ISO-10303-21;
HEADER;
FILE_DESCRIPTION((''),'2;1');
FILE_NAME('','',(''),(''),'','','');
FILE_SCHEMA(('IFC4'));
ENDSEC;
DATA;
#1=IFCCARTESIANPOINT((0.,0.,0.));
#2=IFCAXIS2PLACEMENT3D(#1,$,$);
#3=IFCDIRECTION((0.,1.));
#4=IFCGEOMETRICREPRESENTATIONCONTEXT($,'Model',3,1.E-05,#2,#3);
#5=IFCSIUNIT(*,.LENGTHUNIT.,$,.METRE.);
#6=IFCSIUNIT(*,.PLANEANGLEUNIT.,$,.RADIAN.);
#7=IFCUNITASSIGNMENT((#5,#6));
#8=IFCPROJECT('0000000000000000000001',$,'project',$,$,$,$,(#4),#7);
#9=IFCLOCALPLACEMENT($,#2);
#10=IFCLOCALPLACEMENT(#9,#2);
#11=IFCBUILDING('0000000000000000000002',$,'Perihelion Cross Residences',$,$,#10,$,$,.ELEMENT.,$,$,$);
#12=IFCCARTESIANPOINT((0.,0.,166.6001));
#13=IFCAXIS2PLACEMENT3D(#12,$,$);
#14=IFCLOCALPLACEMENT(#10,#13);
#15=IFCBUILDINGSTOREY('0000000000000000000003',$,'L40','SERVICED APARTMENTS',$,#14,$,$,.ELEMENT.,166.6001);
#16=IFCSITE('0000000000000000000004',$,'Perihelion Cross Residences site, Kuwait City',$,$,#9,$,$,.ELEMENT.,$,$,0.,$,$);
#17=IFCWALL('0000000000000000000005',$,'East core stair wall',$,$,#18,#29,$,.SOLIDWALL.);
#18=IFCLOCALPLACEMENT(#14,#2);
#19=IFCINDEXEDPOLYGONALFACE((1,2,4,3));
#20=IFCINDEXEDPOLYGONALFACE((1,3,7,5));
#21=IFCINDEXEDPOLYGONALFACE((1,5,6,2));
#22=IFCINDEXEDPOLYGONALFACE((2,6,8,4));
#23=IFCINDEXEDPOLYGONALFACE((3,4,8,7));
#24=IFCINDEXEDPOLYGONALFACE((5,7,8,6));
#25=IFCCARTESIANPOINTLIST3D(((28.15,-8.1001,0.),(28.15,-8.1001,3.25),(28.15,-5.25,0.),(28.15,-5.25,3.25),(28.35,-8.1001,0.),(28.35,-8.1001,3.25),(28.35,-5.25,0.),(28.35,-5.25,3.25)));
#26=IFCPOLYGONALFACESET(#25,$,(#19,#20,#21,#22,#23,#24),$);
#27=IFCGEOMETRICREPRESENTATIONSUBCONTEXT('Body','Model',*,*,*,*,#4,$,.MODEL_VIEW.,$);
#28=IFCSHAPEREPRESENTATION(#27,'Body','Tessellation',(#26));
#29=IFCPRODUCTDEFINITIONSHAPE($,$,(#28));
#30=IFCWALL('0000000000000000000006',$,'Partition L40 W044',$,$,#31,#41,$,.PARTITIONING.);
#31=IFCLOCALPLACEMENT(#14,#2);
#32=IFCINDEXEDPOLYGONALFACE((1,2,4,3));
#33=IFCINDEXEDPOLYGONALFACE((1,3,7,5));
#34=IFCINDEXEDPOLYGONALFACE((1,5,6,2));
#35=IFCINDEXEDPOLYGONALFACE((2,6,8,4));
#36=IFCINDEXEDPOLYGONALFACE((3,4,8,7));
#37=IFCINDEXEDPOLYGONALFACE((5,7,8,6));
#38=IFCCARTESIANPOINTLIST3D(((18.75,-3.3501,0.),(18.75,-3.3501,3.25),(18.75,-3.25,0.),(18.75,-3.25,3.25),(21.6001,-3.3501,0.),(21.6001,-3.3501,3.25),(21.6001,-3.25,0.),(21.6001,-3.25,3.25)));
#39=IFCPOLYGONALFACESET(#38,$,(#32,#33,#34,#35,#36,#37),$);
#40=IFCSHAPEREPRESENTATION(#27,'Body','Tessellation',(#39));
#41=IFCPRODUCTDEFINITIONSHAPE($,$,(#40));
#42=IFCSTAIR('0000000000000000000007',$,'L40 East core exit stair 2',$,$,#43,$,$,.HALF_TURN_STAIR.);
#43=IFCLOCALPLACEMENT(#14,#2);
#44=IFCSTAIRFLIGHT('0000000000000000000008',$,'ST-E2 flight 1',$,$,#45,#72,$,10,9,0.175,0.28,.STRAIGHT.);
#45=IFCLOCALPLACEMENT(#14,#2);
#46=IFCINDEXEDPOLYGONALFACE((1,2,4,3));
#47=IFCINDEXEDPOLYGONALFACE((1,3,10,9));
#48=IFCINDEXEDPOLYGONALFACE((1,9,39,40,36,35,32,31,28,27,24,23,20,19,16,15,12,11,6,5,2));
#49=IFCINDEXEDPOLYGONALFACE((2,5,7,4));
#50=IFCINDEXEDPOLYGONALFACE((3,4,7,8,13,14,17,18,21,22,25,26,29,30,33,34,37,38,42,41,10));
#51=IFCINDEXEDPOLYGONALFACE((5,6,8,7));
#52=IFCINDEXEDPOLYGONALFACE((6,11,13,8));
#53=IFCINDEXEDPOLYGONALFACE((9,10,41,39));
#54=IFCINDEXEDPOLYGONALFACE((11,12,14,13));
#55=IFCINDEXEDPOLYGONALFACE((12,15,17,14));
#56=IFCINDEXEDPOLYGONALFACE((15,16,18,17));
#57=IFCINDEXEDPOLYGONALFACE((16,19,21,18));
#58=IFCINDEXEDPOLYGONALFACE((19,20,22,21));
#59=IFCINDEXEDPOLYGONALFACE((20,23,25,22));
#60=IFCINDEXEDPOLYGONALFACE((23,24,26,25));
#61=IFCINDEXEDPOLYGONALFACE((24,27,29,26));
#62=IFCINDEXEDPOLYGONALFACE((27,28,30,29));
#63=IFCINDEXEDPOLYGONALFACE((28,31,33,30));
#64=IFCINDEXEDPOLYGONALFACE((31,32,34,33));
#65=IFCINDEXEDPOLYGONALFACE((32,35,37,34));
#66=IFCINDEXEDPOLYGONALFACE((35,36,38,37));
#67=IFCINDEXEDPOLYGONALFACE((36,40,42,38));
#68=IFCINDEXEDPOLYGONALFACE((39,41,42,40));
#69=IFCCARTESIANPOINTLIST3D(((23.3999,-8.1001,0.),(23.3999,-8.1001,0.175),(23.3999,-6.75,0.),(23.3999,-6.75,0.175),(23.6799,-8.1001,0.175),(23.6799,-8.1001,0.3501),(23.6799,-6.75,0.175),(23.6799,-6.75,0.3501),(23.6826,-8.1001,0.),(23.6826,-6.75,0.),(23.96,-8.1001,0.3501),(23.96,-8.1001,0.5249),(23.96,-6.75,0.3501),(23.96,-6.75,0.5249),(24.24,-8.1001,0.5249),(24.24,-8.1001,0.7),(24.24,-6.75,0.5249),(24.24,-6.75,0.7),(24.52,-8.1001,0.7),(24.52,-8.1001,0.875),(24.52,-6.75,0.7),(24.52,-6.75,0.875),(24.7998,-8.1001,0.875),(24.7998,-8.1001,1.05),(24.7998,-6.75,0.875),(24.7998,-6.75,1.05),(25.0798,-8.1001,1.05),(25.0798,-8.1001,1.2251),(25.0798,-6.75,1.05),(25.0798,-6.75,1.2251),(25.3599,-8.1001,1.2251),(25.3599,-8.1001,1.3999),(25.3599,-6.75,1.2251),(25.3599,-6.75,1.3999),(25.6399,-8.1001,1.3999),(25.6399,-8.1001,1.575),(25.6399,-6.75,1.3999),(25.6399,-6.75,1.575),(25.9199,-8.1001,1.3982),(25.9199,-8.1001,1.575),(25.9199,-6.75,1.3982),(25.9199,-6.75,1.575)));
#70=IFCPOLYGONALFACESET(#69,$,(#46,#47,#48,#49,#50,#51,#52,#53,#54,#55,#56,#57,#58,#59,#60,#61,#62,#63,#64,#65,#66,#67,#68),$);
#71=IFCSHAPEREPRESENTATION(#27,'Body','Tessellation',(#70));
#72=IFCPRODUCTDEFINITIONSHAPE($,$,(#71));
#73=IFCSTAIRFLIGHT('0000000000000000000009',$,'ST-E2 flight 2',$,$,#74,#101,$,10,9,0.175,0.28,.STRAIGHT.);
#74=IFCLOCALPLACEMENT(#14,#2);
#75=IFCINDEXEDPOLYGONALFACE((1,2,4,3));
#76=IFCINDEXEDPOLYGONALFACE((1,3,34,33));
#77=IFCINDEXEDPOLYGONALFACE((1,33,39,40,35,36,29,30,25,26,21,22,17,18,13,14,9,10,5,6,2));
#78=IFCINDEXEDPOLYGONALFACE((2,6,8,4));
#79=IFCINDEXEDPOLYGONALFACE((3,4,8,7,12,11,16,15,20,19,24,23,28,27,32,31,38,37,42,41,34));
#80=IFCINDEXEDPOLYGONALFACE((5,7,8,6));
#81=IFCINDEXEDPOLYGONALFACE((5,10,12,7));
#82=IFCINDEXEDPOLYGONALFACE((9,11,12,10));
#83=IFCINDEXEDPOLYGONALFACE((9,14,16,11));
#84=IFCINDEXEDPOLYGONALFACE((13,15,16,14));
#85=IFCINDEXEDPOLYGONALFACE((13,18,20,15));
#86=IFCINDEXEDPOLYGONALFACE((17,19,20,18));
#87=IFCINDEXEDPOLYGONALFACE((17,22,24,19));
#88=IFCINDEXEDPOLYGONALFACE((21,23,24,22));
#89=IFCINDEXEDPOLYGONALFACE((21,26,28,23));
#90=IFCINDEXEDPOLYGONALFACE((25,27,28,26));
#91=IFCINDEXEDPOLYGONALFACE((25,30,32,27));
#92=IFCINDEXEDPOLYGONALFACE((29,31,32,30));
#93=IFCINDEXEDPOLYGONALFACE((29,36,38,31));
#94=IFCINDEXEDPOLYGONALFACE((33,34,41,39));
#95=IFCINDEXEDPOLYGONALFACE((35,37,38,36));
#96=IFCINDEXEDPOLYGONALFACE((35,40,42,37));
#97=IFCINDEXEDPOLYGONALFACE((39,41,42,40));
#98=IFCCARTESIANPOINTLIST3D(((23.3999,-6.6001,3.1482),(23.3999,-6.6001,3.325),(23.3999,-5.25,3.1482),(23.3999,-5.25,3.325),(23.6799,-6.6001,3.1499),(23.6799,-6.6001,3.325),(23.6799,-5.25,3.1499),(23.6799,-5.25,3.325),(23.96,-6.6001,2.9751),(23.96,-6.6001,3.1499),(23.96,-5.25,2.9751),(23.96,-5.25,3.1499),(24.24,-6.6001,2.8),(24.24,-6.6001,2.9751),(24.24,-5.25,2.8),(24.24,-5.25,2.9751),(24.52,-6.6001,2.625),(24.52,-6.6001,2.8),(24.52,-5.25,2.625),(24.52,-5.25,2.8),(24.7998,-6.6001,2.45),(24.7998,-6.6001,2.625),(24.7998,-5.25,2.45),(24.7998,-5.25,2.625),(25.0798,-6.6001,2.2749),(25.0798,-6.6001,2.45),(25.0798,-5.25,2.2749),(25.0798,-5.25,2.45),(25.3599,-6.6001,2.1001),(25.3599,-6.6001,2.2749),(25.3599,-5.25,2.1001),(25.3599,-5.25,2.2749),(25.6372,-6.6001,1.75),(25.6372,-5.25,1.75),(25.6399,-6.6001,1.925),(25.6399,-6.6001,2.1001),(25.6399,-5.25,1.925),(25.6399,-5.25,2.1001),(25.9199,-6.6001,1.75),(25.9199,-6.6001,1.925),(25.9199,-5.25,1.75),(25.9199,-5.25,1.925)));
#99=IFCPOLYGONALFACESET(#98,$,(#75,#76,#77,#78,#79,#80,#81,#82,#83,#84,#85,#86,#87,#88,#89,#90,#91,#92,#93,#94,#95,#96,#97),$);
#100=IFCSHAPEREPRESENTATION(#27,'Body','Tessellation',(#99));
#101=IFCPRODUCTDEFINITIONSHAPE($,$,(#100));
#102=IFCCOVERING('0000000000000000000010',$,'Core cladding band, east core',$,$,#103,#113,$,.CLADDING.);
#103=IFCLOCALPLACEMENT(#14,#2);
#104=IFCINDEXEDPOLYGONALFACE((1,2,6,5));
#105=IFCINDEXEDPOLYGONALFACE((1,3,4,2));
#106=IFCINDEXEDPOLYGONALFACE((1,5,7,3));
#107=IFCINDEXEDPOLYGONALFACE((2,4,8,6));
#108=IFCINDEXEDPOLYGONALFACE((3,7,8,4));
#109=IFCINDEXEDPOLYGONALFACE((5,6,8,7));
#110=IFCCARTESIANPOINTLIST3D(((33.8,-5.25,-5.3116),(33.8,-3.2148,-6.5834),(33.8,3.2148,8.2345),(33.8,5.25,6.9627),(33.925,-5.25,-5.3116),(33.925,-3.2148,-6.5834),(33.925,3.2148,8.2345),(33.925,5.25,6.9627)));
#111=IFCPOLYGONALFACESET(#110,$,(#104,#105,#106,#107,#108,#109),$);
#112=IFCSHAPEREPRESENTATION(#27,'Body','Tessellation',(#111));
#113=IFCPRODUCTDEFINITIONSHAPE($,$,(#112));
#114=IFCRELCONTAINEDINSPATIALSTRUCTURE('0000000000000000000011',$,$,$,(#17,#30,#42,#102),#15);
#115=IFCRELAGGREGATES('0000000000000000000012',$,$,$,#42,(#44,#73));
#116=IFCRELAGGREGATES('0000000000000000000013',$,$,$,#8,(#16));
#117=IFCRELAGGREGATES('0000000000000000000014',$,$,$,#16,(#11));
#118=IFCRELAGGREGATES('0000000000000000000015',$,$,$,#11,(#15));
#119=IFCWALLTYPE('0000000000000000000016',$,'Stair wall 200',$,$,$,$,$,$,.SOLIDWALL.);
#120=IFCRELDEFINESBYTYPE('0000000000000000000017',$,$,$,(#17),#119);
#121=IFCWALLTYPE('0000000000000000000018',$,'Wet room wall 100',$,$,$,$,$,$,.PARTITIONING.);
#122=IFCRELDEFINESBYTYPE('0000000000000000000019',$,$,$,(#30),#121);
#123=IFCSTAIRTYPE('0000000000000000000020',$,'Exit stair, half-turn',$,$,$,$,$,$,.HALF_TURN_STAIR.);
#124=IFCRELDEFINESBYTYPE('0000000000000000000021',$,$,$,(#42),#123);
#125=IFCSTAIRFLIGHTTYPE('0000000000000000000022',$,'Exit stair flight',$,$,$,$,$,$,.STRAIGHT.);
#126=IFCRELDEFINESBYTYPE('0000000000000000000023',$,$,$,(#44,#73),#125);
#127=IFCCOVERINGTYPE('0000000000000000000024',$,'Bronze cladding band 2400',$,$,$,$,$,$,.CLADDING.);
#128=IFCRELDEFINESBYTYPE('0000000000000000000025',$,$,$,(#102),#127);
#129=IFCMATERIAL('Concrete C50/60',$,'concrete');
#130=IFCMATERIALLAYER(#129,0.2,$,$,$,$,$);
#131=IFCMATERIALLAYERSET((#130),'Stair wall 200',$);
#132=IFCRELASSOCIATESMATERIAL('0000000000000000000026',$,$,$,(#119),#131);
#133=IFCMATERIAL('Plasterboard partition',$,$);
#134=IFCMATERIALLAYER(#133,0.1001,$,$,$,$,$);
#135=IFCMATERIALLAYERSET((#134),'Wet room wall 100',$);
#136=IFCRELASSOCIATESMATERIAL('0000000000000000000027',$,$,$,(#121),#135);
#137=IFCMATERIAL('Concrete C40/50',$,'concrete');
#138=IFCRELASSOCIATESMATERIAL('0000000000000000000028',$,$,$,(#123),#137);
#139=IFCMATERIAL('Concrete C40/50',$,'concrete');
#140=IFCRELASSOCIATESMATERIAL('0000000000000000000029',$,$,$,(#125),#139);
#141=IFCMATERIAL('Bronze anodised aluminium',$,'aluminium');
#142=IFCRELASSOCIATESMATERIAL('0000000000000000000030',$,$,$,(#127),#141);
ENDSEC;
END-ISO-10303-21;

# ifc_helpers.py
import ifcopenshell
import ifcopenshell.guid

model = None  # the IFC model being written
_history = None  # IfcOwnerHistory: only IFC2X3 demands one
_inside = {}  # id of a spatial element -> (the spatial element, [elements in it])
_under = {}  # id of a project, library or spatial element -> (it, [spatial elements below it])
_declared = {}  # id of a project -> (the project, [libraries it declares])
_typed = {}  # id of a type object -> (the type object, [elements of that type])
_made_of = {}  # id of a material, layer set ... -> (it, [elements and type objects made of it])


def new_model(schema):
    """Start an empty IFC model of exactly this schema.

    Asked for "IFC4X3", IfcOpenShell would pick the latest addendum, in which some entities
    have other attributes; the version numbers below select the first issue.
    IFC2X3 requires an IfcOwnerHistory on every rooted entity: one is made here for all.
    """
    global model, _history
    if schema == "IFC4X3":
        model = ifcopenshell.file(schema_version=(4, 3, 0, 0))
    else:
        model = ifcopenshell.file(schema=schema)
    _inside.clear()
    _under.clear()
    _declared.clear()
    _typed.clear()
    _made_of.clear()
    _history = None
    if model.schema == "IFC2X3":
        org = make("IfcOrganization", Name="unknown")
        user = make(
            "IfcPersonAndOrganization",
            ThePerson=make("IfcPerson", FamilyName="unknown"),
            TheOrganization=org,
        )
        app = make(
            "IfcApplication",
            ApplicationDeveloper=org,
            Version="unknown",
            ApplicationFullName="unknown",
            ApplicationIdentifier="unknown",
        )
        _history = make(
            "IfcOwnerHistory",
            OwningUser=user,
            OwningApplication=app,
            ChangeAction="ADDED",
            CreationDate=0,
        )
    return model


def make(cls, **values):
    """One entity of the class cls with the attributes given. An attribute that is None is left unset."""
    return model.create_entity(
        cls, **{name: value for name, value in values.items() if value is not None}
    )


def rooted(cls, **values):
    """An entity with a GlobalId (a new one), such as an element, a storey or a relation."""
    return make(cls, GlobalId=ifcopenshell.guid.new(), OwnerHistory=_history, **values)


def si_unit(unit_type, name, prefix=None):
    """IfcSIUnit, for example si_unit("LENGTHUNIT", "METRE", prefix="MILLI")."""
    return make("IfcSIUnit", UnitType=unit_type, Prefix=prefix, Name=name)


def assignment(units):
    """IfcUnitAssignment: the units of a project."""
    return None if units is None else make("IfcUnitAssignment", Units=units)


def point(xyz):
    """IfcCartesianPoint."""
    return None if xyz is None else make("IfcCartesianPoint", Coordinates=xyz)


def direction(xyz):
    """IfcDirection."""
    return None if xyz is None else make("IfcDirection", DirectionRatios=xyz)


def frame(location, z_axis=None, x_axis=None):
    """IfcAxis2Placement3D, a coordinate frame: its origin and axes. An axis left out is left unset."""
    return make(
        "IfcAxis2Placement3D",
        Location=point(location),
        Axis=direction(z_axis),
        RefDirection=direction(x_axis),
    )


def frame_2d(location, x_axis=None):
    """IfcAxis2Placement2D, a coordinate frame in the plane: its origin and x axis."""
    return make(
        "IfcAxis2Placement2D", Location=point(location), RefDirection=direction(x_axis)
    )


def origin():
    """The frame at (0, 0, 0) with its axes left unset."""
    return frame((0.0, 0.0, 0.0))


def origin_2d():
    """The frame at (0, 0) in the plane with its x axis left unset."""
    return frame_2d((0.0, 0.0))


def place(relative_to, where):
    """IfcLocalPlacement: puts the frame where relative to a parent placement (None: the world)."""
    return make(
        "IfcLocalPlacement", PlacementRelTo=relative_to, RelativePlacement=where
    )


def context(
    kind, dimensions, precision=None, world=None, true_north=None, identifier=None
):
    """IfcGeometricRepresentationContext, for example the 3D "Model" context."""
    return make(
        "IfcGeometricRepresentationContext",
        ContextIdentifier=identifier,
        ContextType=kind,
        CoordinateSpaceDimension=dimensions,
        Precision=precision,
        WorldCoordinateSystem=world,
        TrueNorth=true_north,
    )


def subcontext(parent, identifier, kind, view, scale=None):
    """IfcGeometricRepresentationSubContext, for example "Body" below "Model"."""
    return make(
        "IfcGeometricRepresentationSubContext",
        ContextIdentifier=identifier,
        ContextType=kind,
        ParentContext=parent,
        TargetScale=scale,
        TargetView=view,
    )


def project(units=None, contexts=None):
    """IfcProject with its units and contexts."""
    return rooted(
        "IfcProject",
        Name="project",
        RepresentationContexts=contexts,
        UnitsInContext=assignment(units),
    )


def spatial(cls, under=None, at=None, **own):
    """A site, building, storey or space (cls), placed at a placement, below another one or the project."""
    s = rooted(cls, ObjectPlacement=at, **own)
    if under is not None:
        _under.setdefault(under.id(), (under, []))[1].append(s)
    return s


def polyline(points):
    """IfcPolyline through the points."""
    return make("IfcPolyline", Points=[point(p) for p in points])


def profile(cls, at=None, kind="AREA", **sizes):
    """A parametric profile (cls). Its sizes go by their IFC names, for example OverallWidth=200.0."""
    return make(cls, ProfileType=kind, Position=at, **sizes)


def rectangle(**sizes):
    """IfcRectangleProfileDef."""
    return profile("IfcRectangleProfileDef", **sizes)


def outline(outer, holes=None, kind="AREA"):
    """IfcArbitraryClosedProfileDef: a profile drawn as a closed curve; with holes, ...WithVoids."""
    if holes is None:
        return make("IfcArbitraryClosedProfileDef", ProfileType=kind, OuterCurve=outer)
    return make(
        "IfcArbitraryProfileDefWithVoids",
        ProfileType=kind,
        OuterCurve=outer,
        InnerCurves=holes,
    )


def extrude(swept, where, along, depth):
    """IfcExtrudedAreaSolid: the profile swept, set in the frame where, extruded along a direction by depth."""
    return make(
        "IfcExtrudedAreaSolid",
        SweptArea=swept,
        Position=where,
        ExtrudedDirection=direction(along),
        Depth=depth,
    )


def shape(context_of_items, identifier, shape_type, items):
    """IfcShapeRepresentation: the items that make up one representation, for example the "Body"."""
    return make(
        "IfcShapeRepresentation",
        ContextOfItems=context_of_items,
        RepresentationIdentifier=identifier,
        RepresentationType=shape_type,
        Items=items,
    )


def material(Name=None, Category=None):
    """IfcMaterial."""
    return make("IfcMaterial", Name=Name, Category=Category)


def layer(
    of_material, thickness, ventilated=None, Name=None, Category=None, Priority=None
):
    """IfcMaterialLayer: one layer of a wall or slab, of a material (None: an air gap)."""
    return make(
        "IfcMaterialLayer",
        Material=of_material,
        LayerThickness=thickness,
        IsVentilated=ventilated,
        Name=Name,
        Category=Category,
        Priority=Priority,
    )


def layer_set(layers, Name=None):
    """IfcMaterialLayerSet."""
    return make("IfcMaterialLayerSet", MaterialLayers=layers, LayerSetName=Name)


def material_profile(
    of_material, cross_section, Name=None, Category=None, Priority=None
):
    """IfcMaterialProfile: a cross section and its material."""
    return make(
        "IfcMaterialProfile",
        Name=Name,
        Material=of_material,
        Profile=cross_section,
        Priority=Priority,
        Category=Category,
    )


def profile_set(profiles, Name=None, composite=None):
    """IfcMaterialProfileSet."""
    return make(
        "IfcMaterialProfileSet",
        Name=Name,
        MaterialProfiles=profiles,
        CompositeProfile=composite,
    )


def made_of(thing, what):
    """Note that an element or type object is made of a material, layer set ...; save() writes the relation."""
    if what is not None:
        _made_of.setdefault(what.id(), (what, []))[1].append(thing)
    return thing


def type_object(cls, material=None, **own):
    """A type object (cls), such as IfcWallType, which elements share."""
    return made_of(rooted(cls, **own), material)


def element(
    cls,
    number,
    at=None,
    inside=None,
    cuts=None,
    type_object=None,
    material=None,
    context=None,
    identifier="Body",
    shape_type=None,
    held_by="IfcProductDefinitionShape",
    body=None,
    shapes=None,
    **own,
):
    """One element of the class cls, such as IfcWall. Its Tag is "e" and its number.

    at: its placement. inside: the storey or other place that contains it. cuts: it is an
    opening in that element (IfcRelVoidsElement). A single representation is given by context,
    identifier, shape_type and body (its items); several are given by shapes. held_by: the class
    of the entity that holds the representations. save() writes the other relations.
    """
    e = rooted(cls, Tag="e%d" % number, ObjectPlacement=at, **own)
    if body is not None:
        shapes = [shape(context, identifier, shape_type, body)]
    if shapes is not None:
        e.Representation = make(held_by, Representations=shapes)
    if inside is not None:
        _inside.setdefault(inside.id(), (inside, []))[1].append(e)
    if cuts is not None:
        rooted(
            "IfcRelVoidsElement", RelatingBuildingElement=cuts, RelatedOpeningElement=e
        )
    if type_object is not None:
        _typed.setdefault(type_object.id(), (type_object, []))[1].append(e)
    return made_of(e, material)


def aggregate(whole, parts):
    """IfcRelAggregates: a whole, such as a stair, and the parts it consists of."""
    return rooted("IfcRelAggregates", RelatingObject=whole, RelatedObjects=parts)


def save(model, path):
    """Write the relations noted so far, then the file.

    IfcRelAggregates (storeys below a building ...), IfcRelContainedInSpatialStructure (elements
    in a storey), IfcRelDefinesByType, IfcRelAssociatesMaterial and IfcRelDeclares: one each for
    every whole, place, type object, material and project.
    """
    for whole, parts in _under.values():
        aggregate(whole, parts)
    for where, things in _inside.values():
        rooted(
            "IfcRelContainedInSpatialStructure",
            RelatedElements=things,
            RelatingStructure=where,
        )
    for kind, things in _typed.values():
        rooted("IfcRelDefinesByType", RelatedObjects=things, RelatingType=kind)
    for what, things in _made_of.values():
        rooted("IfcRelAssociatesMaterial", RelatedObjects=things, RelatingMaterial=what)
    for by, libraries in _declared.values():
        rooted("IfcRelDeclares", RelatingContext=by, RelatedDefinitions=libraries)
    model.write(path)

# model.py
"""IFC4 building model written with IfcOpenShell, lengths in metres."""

from ifc_helpers import new_model, si_unit, direction, frame, frame_2d, origin, origin_2d, place, context, subcontext, project, spatial, polyline, rectangle, outline, extrude, material, layer, layer_set, material_profile, profile_set, type_object, element, aggregate, save


model = new_model("IFC4")

# Units and contexts
model_context = context("Model", 3, precision=1e-05, world=origin(), true_north=direction((0.0, 1.0)))
body_context = subcontext(model_context, "Body", "Model", "MODEL_VIEW")
ifc_project = project(units=[si_unit("LENGTHUNIT", "METRE"), si_unit("PLANEANGLEUNIT", "RADIAN")], contexts=[model_context])

# Site, building, storey
site_placement = place(None, origin())
site = spatial("IfcSite", under=ifc_project, at=site_placement, Name="Perihelion Cross Residences site, Kuwait City", CompositionType="ELEMENT", RefElevation=0.0)
building_placement = place(site_placement, origin())
building = spatial("IfcBuilding", under=site, at=building_placement, Name="Perihelion Cross Residences", CompositionType="ELEMENT")
storey_placement = place(building_placement, frame((0.0, 0.0, 166.6001)))
storey = spatial("IfcBuildingStorey", under=building, at=storey_placement, Name="L40", Description="SERVICED APARTMENTS", CompositionType="ELEMENT", Elevation=166.6001)

# Shared definitions
ifc_material_1 = material(Name="Concrete C50/60", Category="concrete")
ifc_layer_1 = layer(ifc_material_1, 0.2)
ifc_layer_set_1 = layer_set([ifc_layer_1], Name="Stair wall 200")
wall_type_1 = type_object("IfcWallType", Name="Stair wall 200", PredefinedType="SOLIDWALL", material=ifc_layer_set_1)

# Walls
wall_1_placement = place(storey_placement, frame((28.25, -8.1001, 0.0), z_axis=(0.0, 0.0, 1.0), x_axis=(0.0, 1.0, 0.0)))
element("IfcWall", 1, at=wall_1_placement, inside=storey, type_object=wall_type_1, Name="East core stair wall", PredefinedType="SOLIDWALL", context=body_context, shape_type="SweptSolid", body=[
    extrude(rectangle(XDim=2.8501, YDim=0.2, at=frame_2d((1.425, 0.0))), origin(), (0.0, 0.0, 1.0), 3.25),
])
ifc_material_2 = material(Name="Plasterboard partition")
ifc_layer_2 = layer(ifc_material_2, 0.1001)
ifc_layer_set_2 = layer_set([ifc_layer_2], Name="Wet room wall 100")
wall_type_2 = type_object("IfcWallType", Name="Wet room wall 100", PredefinedType="PARTITIONING", material=ifc_layer_set_2)
wall_2_placement = place(storey_placement, frame((21.6001, -3.3, 0.0), z_axis=(0.0, 0.0, 1.0), x_axis=(-1.0, 0.0, 0.0)))
element("IfcWall", 2, at=wall_2_placement, inside=storey, type_object=wall_type_2, Name="Partition L40 W044", PredefinedType="PARTITIONING", context=body_context, shape_type="SweptSolid", body=[
    extrude(rectangle(XDim=2.8501, YDim=0.1001, at=frame_2d((1.425, 0.0))), origin(), (0.0, 0.0, 1.0), 3.25),
])

# Stair, stair flights
ifc_material_3 = material(Name="Concrete C40/50", Category="concrete")
stair_type = type_object("IfcStairType", Name="Exit stair, half-turn", PredefinedType="HALF_TURN_STAIR", material=ifc_material_3)
stair_placement = place(storey_placement, origin())
stair = element("IfcStair", 3, at=stair_placement, inside=storey, type_object=stair_type, Name="L40 East core exit stair 2", PredefinedType="HALF_TURN_STAIR")
ifc_material_4 = material(Name="Concrete C40/50", Category="concrete")
stair_flight_type = type_object("IfcStairFlightType", Name="Exit stair flight", PredefinedType="STRAIGHT", material=ifc_material_4)
stair_flight_1_placement = place(storey_placement, frame((23.3999, -7.425, 0.0), z_axis=(0.0, 0.0, 1.0), x_axis=(1.0, 0.0, 0.0)))
stair_flight_1 = element("IfcStairFlight", 4, at=stair_flight_1_placement, type_object=stair_flight_type, Name="ST-E2 flight 1", NumberOfRisers=10, NumberOfTreads=9, PredefinedType="STRAIGHT", RiserHeight=0.175, TreadLength=0.28, context=body_context, shape_type="SweptSolid", body=[
    extrude(outline(polyline([(0.0, 0.0), (0.0, 0.175), (0.28, 0.175), (0.28, 0.3501), (0.5601, 0.3501), (0.5601, 0.5249), (0.8401, 0.5249), (0.8401, 0.7), (1.1201, 0.7), (1.1201, 0.875), (1.3999, 0.875), (1.3999, 1.05), (1.6799, 1.05), (1.6799, 1.2251), (1.96, 1.2251), (1.96, 1.3999), (2.24, 1.3999), (2.24, 1.575), (2.52, 1.575), (2.52, 1.75), (2.52, 1.3982), (0.2827, 0.0), (0.0, 0.0)])), frame((0.0, 0.675, 0.0), z_axis=(0.0, -1.0, 0.0), x_axis=(1.0, 0.0, 0.0)), (0.0, 0.0, 1.0), 1.3501),
])
stair_flight_2_placement = place(storey_placement, frame((25.9199, -5.925, 1.75), z_axis=(0.0, 0.0, 1.0), x_axis=(-1.0, 0.0, 0.0)))
stair_flight_2 = element("IfcStairFlight", 5, at=stair_flight_2_placement, type_object=stair_flight_type, Name="ST-E2 flight 2", NumberOfRisers=10, NumberOfTreads=9, PredefinedType="STRAIGHT", RiserHeight=0.175, TreadLength=0.28, context=body_context, shape_type="SweptSolid", body=[
    extrude(outline(polyline([(0.0, 0.0), (0.0, 0.175), (0.28, 0.175), (0.28, 0.3501), (0.5601, 0.3501), (0.5601, 0.5249), (0.8401, 0.5249), (0.8401, 0.7), (1.1201, 0.7), (1.1201, 0.875), (1.3999, 0.875), (1.3999, 1.05), (1.6799, 1.05), (1.6799, 1.2251), (1.96, 1.2251), (1.96, 1.3999), (2.24, 1.3999), (2.24, 1.575), (2.52, 1.575), (2.52, 1.75), (2.52, 1.3982), (0.2827, 0.0), (0.0, 0.0)])), frame((0.0, 0.675, 0.0), z_axis=(0.0, -1.0, 0.0), x_axis=(1.0, 0.0, 0.0)), (0.0, 0.0, 1.0), 1.3501),
])
aggregate(stair, [stair_flight_1, stair_flight_2])

# Covering
ifc_material_5 = material(Name="Bronze anodised aluminium", Category="aluminium")
ifc_material_profile_1 = material_profile(ifc_material_5, rectangle(XDim=0.125, YDim=2.3999, at=origin_2d()), Name="Bronze cladding band 2400")
ifc_profile_set_1 = profile_set([ifc_material_profile_1], Name="Bronze anodised aluminium")
covering_type = type_object("IfcCoveringType", Name="Bronze cladding band 2400", PredefinedType="CLADDING", material=ifc_profile_set_1)
covering_placement = place(storey_placement, frame((33.8625, -4.2324, -5.9475), z_axis=(0.0, 0.529932, 0.84804), x_axis=(-1.0, 0.0, 0.0)))
element("IfcCovering", 6, at=covering_placement, inside=storey, type_object=covering_type, Name="Core cladding band, east core", PredefinedType="CLADDING", context=body_context, shape_type="SweptSolid", body=[
    extrude(rectangle(XDim=0.125, YDim=2.3999, at=origin_2d()), origin(), (0.0, 0.0, 1.0), 15.9734),
])

save(model, "model.ifc")
